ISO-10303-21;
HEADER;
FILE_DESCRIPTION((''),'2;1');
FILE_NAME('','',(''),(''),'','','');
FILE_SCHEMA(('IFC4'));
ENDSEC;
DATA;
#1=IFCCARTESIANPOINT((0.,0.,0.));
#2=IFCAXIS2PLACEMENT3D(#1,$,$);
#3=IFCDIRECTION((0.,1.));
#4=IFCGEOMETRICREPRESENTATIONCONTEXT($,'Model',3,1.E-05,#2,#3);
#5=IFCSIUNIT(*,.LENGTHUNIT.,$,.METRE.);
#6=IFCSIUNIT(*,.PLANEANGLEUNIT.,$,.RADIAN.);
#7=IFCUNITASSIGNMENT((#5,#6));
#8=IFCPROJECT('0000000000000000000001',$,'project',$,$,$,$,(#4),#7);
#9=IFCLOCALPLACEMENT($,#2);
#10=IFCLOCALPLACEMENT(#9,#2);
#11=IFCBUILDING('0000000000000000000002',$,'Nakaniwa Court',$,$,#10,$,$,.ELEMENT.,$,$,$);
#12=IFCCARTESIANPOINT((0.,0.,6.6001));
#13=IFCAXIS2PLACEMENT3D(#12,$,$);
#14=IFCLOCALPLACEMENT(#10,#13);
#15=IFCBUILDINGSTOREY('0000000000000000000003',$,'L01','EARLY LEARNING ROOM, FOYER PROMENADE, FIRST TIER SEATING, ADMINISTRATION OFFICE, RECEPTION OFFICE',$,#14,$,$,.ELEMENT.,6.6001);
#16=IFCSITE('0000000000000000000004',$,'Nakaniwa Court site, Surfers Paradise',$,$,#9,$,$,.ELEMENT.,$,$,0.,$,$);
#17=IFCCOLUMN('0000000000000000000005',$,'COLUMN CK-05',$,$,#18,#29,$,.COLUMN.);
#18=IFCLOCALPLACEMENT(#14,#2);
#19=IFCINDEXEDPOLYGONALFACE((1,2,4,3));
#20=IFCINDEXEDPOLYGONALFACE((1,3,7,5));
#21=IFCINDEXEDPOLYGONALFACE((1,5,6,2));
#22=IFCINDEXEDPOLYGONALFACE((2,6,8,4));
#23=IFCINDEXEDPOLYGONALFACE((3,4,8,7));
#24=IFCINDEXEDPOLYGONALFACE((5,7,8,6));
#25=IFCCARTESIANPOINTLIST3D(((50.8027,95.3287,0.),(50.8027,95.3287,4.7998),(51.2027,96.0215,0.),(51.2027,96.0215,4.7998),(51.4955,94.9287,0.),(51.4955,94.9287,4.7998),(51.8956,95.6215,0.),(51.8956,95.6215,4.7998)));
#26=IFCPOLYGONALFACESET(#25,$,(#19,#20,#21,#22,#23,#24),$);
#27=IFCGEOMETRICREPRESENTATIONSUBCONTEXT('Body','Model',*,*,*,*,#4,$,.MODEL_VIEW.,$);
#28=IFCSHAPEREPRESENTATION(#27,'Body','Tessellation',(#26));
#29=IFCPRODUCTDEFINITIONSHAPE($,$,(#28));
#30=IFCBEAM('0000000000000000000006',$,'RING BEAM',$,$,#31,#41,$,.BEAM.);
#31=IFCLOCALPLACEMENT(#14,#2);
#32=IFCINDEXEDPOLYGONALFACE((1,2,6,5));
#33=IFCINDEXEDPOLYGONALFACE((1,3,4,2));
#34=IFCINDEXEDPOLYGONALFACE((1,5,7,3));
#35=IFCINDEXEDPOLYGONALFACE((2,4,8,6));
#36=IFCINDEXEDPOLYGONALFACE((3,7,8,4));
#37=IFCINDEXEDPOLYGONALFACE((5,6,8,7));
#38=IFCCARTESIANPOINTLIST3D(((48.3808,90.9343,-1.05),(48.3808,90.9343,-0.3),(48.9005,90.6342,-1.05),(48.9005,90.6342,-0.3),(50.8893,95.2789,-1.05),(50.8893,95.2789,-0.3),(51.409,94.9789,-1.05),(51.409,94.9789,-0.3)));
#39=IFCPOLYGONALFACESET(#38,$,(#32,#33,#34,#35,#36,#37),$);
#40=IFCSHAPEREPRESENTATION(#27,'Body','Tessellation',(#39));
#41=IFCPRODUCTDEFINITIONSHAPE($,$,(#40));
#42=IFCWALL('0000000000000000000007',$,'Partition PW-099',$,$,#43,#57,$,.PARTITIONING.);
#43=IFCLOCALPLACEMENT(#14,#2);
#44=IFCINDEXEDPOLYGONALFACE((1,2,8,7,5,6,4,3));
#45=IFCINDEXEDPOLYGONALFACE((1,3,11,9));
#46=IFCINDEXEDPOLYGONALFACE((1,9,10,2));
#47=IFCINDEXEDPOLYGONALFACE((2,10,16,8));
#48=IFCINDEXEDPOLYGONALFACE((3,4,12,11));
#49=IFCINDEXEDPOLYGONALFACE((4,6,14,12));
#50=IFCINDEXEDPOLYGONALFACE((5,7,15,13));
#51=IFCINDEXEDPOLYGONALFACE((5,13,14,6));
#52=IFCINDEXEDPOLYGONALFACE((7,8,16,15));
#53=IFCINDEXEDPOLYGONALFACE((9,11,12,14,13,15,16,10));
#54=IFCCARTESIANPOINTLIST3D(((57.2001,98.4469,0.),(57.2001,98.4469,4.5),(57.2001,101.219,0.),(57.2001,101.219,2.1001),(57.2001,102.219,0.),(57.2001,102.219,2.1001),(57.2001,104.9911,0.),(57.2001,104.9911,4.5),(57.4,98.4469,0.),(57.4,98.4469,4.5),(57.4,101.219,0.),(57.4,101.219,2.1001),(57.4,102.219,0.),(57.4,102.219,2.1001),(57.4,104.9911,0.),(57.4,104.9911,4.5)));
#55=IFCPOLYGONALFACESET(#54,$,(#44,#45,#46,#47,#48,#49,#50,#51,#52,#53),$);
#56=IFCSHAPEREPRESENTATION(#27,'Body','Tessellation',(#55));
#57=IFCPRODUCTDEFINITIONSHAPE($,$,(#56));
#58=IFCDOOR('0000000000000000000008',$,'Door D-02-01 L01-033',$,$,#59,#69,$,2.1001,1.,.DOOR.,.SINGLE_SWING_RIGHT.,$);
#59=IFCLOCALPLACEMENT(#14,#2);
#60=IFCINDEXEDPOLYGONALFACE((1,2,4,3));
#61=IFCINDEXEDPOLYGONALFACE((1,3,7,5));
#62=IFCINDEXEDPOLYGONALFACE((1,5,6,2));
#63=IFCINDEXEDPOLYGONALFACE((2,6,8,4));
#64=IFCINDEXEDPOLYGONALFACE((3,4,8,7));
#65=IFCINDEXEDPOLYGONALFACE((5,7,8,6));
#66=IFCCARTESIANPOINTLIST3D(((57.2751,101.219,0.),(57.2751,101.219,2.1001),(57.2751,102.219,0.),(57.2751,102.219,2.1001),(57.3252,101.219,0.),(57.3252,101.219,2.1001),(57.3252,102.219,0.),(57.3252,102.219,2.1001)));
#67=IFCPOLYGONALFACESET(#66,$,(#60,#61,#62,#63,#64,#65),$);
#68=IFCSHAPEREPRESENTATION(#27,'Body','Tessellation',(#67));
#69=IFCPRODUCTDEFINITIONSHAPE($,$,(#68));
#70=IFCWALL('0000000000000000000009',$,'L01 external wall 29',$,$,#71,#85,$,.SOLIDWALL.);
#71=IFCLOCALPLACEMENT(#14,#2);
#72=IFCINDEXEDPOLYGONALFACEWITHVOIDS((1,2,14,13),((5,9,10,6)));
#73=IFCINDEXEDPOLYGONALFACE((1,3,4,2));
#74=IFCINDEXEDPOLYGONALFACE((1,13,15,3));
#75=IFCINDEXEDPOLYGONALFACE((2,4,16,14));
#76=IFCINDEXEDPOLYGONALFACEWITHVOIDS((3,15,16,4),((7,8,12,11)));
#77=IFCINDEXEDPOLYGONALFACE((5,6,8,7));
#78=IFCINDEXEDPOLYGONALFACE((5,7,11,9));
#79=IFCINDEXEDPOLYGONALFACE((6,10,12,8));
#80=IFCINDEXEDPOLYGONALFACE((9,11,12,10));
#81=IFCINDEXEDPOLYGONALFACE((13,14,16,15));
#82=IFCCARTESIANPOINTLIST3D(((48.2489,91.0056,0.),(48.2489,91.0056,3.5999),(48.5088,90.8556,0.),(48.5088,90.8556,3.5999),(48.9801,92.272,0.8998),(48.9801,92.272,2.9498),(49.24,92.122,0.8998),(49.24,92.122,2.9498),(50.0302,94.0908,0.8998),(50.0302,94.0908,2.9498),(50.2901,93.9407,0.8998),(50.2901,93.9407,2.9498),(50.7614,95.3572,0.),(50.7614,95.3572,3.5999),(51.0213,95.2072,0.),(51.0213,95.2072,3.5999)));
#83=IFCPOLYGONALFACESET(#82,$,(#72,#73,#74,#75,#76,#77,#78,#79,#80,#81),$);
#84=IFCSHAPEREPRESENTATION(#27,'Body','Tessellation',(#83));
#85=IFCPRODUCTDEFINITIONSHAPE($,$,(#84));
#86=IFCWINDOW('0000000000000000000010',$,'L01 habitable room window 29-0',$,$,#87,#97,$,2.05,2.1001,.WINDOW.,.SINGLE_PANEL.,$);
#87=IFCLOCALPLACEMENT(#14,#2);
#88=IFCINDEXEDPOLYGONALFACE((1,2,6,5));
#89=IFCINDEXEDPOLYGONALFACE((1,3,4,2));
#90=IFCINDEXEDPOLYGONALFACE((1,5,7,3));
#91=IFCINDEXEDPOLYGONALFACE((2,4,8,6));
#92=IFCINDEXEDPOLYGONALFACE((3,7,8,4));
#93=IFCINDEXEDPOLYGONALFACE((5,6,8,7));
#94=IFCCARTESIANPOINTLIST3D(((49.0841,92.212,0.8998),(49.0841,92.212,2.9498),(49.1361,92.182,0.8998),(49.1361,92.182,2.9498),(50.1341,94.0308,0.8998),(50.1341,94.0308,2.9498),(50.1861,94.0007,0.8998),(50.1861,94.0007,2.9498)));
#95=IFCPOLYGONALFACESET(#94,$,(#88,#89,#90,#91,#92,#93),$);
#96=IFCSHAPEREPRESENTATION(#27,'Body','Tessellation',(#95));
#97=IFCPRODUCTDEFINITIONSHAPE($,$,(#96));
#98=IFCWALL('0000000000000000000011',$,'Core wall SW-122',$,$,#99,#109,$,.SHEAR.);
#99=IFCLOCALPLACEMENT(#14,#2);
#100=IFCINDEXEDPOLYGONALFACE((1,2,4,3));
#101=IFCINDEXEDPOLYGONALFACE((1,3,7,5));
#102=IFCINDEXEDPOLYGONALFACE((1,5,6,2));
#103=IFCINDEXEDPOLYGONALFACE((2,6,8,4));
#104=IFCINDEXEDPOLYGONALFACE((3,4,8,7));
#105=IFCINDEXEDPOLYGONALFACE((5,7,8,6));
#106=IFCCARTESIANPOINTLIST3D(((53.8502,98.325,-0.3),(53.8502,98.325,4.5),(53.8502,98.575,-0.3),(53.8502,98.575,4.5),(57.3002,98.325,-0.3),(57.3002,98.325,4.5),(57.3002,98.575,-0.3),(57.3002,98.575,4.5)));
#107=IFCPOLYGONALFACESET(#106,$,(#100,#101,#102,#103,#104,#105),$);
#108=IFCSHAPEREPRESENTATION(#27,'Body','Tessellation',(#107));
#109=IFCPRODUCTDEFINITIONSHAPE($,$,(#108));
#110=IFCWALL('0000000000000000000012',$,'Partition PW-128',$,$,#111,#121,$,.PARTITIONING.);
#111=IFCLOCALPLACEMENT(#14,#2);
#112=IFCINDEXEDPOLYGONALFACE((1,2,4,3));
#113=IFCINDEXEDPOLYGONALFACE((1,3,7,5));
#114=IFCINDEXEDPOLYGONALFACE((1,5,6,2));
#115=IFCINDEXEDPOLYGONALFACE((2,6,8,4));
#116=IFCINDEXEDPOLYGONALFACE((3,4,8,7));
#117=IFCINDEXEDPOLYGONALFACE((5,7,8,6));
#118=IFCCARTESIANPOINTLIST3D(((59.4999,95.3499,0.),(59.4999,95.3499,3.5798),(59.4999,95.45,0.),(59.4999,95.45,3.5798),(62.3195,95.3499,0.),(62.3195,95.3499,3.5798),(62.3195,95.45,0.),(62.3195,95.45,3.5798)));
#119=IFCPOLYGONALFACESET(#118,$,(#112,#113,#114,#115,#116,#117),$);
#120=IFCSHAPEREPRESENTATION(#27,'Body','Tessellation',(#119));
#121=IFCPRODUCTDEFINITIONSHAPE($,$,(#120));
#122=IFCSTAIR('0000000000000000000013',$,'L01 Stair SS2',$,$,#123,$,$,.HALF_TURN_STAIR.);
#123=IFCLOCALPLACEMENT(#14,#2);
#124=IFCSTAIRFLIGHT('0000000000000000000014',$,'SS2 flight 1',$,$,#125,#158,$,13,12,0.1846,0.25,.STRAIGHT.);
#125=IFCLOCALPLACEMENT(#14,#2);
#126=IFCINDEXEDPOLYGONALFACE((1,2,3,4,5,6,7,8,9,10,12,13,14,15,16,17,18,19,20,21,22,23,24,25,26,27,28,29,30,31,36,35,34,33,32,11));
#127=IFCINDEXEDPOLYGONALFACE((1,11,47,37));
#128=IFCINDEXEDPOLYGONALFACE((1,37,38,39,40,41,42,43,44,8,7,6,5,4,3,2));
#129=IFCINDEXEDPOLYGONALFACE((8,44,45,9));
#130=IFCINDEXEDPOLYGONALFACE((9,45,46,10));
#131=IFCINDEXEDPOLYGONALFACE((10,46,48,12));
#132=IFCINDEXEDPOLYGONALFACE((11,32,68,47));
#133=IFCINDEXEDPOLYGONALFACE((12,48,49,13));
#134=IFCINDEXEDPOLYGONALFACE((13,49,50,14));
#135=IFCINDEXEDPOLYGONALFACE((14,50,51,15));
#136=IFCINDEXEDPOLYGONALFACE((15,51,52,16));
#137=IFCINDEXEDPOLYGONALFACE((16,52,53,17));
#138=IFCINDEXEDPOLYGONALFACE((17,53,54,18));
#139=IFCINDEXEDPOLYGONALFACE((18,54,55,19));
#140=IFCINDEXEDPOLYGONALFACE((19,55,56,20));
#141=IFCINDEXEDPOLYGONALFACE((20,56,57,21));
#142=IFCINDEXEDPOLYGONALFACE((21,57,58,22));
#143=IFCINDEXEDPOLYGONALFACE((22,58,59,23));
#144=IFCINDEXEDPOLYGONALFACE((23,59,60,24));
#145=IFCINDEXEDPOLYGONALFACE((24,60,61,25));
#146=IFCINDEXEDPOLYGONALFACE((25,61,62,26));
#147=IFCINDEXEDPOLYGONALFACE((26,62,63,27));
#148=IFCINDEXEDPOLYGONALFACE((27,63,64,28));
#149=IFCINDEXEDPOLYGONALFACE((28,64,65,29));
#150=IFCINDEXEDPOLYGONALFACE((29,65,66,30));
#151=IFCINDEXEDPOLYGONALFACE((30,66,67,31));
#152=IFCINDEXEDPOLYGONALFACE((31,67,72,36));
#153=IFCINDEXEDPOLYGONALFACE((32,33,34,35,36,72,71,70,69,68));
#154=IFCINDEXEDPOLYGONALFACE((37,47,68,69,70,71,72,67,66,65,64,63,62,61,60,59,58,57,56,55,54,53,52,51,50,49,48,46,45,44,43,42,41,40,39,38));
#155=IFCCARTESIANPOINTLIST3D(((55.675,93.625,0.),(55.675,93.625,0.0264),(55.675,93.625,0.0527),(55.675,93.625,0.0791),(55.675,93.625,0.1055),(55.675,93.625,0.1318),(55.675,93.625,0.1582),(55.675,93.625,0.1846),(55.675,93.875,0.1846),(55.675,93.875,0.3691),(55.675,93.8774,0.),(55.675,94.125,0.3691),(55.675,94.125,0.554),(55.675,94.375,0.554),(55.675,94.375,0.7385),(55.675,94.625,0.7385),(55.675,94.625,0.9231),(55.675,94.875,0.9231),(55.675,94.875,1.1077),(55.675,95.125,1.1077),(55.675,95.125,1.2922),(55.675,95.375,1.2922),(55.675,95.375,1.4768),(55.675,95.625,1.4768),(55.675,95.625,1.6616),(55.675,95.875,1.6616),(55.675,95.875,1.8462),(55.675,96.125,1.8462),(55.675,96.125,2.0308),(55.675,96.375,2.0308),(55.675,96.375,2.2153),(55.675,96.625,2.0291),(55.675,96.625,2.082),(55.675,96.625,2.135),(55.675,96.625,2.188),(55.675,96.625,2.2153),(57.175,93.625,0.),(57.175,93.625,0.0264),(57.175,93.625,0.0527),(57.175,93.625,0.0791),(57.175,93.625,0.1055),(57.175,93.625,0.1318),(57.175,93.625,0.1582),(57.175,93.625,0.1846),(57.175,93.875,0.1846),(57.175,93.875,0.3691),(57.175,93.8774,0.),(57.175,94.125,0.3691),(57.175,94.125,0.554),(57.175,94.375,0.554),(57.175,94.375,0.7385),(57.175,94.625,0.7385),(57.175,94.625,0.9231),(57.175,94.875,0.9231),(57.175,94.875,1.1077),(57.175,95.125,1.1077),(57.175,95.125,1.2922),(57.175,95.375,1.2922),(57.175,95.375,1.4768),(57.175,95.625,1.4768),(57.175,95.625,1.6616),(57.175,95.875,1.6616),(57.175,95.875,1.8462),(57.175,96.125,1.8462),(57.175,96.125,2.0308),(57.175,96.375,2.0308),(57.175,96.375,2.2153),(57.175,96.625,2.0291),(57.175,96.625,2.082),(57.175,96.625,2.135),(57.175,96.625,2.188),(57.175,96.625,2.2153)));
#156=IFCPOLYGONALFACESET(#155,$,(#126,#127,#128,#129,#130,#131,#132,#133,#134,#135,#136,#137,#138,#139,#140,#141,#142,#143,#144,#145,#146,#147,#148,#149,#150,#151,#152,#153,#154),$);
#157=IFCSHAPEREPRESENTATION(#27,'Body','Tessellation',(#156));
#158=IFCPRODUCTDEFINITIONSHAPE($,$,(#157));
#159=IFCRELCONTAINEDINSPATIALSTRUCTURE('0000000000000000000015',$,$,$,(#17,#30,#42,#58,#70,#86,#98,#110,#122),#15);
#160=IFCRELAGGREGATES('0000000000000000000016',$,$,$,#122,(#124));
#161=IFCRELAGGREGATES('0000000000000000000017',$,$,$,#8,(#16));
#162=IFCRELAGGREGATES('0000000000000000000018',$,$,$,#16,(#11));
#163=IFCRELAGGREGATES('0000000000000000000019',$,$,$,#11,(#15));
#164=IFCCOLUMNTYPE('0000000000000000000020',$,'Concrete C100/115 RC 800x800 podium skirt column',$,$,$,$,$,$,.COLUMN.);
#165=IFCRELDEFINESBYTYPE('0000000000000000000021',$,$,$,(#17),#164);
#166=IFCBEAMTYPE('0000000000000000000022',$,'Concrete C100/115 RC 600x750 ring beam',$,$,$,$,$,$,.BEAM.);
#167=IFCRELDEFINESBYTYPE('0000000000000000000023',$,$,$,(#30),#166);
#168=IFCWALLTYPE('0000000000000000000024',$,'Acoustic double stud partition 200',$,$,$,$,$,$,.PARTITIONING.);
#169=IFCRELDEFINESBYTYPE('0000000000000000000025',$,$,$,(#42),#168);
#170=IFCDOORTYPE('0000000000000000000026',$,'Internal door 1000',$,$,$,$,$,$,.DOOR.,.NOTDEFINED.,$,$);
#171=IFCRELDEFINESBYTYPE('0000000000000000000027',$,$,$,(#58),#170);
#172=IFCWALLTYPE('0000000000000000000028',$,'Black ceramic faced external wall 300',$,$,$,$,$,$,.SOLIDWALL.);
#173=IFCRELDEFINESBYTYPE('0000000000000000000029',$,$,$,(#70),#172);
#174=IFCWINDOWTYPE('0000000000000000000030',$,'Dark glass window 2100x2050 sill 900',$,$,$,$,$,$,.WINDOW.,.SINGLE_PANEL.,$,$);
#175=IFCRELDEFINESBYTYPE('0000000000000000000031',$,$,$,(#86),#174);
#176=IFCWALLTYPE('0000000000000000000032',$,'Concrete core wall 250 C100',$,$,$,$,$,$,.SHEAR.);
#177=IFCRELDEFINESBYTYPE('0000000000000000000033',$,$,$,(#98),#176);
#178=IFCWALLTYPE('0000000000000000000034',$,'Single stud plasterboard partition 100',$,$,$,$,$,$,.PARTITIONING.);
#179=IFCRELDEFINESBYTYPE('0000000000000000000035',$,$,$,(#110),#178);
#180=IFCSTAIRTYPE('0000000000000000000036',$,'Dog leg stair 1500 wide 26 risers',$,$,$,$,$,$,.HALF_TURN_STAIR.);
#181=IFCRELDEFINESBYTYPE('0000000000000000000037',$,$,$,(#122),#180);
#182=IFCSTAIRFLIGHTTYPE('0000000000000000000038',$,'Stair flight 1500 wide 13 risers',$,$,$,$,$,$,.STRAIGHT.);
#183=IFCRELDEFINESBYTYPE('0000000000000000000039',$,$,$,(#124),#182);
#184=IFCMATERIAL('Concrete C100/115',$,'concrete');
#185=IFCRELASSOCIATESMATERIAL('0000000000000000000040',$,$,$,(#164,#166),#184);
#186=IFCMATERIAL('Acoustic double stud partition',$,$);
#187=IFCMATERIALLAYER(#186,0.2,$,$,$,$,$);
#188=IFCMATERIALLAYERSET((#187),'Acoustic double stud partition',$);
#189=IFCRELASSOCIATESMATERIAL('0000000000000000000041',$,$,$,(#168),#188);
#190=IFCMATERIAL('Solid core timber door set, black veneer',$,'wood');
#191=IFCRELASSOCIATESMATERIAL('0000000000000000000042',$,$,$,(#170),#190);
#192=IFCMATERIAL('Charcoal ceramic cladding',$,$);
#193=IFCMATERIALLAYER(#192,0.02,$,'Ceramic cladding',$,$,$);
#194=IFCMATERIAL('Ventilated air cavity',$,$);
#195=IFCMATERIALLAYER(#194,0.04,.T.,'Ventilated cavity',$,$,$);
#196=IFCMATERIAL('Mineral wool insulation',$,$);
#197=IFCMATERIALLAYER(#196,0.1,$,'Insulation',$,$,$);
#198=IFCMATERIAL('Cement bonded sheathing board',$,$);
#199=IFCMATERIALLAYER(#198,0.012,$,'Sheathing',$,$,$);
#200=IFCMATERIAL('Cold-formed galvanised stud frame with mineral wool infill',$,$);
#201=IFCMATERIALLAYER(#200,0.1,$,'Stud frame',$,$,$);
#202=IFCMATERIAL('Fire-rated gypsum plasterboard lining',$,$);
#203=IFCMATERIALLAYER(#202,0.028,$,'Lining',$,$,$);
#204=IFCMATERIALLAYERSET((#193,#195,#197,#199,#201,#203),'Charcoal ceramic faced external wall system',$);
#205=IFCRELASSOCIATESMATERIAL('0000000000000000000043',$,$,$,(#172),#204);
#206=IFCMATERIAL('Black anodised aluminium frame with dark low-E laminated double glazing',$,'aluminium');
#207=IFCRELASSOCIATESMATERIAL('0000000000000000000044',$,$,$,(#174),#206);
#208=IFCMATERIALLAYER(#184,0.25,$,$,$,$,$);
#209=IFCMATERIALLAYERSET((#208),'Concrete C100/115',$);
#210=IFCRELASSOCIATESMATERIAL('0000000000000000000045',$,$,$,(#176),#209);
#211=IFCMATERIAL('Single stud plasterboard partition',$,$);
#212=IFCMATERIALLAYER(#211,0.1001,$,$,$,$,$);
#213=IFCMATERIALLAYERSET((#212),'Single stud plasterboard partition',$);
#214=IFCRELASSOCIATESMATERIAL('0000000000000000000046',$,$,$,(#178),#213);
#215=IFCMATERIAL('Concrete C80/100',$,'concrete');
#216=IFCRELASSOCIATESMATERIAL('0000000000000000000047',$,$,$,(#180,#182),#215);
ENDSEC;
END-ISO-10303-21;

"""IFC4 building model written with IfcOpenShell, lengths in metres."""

from ifc_helpers import new_model, si_unit, direction, frame, frame_2d, origin, origin_2d, place, context, subcontext, project, spatial, polyline, rectangle, outline, extrude, material, layer, layer_set, material_profile, profile_set, type_object, element, fill, aggregate, save


model = new_model("IFC4")

# Units and contexts
model_context = context("Model", 3, precision=1e-05, world=origin(), true_north=direction((0.0, 1.0)))
body_context = subcontext(model_context, "Body", "Model", "MODEL_VIEW")
ifc_project = project(units=[si_unit("LENGTHUNIT", "METRE"), si_unit("PLANEANGLEUNIT", "RADIAN")], contexts=[model_context])

# Site, building, storey
site_placement = place(None, origin())
site = spatial("IfcSite", under=ifc_project, at=site_placement, Name="Nakaniwa Court site, Surfers Paradise", CompositionType="ELEMENT", RefElevation=0.0)
building_placement = place(site_placement, origin())
building = spatial("IfcBuilding", under=site, at=building_placement, Name="Nakaniwa Court", CompositionType="ELEMENT")
storey_placement = place(building_placement, frame((0.0, 0.0, 6.6001)))
storey = spatial("IfcBuildingStorey", under=building, at=storey_placement, Name="L01", Description="EARLY LEARNING ROOM, FOYER PROMENADE, FIRST TIER SEATING, ADMINISTRATION OFFICE, RECEPTION OFFICE", CompositionType="ELEMENT", Elevation=6.6001)

# Column
ifc_material_1 = material(Name="Concrete C100/115", Category="concrete")
ifc_material_profile_1 = material_profile(ifc_material_1, rectangle(XDim=0.8, YDim=0.8, at=origin_2d()), Name="Concrete C100/115 RC 800x800 podium skirt column")
ifc_profile_set_1 = profile_set([ifc_material_profile_1], Name="Concrete C100/115")
column_type = type_object("IfcColumnType", Name="Concrete C100/115 RC 800x800 podium skirt column", PredefinedType="COLUMN", material=ifc_profile_set_1)
column_placement = place(storey_placement, frame((51.3491, 95.4751, 0.0), z_axis=(0.0, 0.0, 1.0), x_axis=(-0.5, -0.866025, 0.0)))
element("IfcColumn", 1, at=column_placement, inside=storey, type_object=column_type, Name="COLUMN CK-05", PredefinedType="COLUMN", context=body_context, shape_type="SweptSolid", body=[
    extrude(rectangle(XDim=0.8, YDim=0.8, at=origin_2d()), origin(), (0.0, 0.0, 1.0), 4.7998),
])

# Beam
ifc_material_profile_2 = material_profile(ifc_material_1, rectangle(XDim=0.6001, YDim=0.75, at=origin_2d()), Name="Concrete C100/115 RC 600x750 ring beam")
ifc_profile_set_2 = profile_set([ifc_material_profile_2], Name="Concrete C100/115")
beam_type = type_object("IfcBeamType", Name="Concrete C100/115 RC 600x750 ring beam", PredefinedType="BEAM", material=ifc_profile_set_2)
beam_placement = place(storey_placement, frame((51.1492, 95.1289, -0.675), z_axis=(-0.500017, -0.866015, 0.0), x_axis=(0.866015, -0.500017, 0.0)))
element("IfcBeam", 2, at=beam_placement, inside=storey, type_object=beam_type, Name="RING BEAM", PredefinedType="BEAM", context=body_context, shape_type="SweptSolid", body=[
    extrude(rectangle(XDim=0.6001, YDim=0.75, at=origin_2d()), origin(), (0.0, 0.0, 1.0), 5.0168),
])

# Wall, opening, door
ifc_material_2 = material(Name="Acoustic double stud partition")
ifc_layer_1 = layer(ifc_material_2, 0.2)
ifc_layer_set_1 = layer_set([ifc_layer_1], Name="Acoustic double stud partition")
wall_type_1 = type_object("IfcWallType", Name="Acoustic double stud partition 200", PredefinedType="PARTITIONING", material=ifc_layer_set_1)
wall_1_placement = place(storey_placement, frame((57.3, 98.447, 0.0), z_axis=(0.0, 0.0, 1.0), x_axis=(0.0, 1.0, 0.0)))
wall_1 = element("IfcWall", 3, at=wall_1_placement, inside=storey, type_object=wall_type_1, Name="Partition PW-099", PredefinedType="PARTITIONING", context=body_context, shape_type="SweptSolid", body=[
    extrude(rectangle(XDim=6.5442, YDim=0.2, at=frame_2d((3.272, 0.0))), origin(), (0.0, 0.0, 1.0), 4.5),
])
opening_1_placement = place(wall_1_placement, frame((2.772, 0.0, 0.0)))
opening_1 = element("IfcOpeningElement", 4, at=opening_1_placement, cuts=wall_1, PredefinedType="OPENING", context=body_context, shape_type="SweptSolid", body=[
    extrude(rectangle(XDim=1.0, YDim=2.1001, at=frame_2d((0.5, 1.05))), frame((0.0, 0.1099, 0.0), z_axis=(0.0, -1.0, 0.0), x_axis=(1.0, 0.0, 0.0)), (0.0, 0.0, 1.0), 0.22),
])
ifc_material_3 = material(Name="Solid core timber door set, black veneer", Category="wood")
door_type = type_object("IfcDoorType", Name="Internal door 1000", OperationType="NOTDEFINED", PredefinedType="DOOR", material=ifc_material_3)
door_placement = place(opening_1_placement, origin())
door = element("IfcDoor", 5, at=door_placement, inside=storey, type_object=door_type, Name="Door D-02-01 L01-033", OperationType="SINGLE_SWING_RIGHT", OverallHeight=2.1001, OverallWidth=1.0, PredefinedType="DOOR", context=body_context, shape_type="SweptSolid", body=[
    extrude(rectangle(XDim=1.0, YDim=2.1001, at=frame_2d((0.5, 1.05))), frame((0.0, 0.0249, 0.0), z_axis=(0.0, -1.0, 0.0), x_axis=(1.0, 0.0, 0.0)), (0.0, 0.0, 1.0), 0.05),
])
fill(opening_1, door)

# Wall, opening, window
ifc_material_4 = material(Name="Charcoal ceramic cladding")
ifc_layer_2 = layer(ifc_material_4, 0.02, Name="Ceramic cladding")
ifc_material_5 = material(Name="Ventilated air cavity")
ifc_layer_3 = layer(ifc_material_5, 0.04, ventilated=True, Name="Ventilated cavity")
ifc_material_6 = material(Name="Mineral wool insulation")
ifc_layer_4 = layer(ifc_material_6, 0.1, Name="Insulation")
ifc_material_7 = material(Name="Cement bonded sheathing board")
ifc_layer_5 = layer(ifc_material_7, 0.012, Name="Sheathing")
ifc_material_8 = material(Name="Cold-formed galvanised stud frame with mineral wool infill")
ifc_layer_6 = layer(ifc_material_8, 0.1, Name="Stud frame")
ifc_material_9 = material(Name="Fire-rated gypsum plasterboard lining")
ifc_layer_7 = layer(ifc_material_9, 0.028, Name="Lining")
ifc_layer_set_2 = layer_set([ifc_layer_2, ifc_layer_3, ifc_layer_4, ifc_layer_5, ifc_layer_6, ifc_layer_7], Name="Charcoal ceramic faced external wall system")
wall_type_2 = type_object("IfcWallType", Name="Black ceramic faced external wall 300", PredefinedType="SOLIDWALL", material=ifc_layer_set_2)
wall_2_placement = place(storey_placement, frame((50.8914, 95.2822, 0.0), z_axis=(0.0, 0.0, 1.0), x_axis=(-0.500011, -0.866019, 0.0)))
wall_2 = element("IfcWall", 6, at=wall_2_placement, inside=storey, type_object=wall_type_2, Name="L01 external wall 29", PredefinedType="SOLIDWALL", context=body_context, shape_type="SweptSolid", body=[
    extrude(rectangle(XDim=5.0249, YDim=0.3, at=frame_2d((2.5125, 0.0))), origin(), (0.0, 0.0, 1.0), 3.5999),
])
opening_2_placement = place(wall_2_placement, frame((1.4624, 0.0, 0.8999)))
opening_2 = element("IfcOpeningElement", 7, at=opening_2_placement, cuts=wall_2, PredefinedType="OPENING", context=body_context, shape_type="SweptSolid", body=[
    extrude(rectangle(XDim=2.1001, YDim=2.05, at=frame_2d((1.05, 1.0249))), frame((0.0, 0.1599, 0.0), z_axis=(0.0, -1.0, 0.0), x_axis=(1.0, 0.0, 0.0)), (0.0, 0.0, 1.0), 0.3201),
])
ifc_material_10 = material(Name="Black anodised aluminium frame with dark low-E laminated double glazing", Category="aluminium")
window_type = type_object("IfcWindowType", Name="Dark glass window 2100x2050 sill 900", PartitioningType="SINGLE_PANEL", PredefinedType="WINDOW", material=ifc_material_10)
window_placement = place(opening_2_placement, origin())
window = element("IfcWindow", 8, at=window_placement, inside=storey, type_object=window_type, Name="L01 habitable room window 29-0", OverallHeight=2.05, OverallWidth=2.1001, PartitioningType="SINGLE_PANEL", PredefinedType="WINDOW", context=body_context, shape_type="SweptSolid", body=[
    extrude(rectangle(XDim=2.1001, YDim=2.05, at=frame_2d((1.05, 1.0249))), frame((0.0, 0.03, 0.0), z_axis=(0.0, -1.0, 0.0), x_axis=(1.0, 0.0, 0.0)), (0.0, 0.0, 1.0), 0.0601),
])
fill(opening_2, window)

# Walls
ifc_layer_8 = layer(ifc_material_1, 0.25)
ifc_layer_set_3 = layer_set([ifc_layer_8], Name="Concrete C100/115")
wall_type_3 = type_object("IfcWallType", Name="Concrete core wall 250 C100", PredefinedType="SHEAR", material=ifc_layer_set_3)
wall_3_placement = place(storey_placement, frame((53.8501, 98.45, -0.3), z_axis=(0.0, 0.0, 1.0), x_axis=(1.0, 0.0, 0.0)))
element("IfcWall", 9, at=wall_3_placement, inside=storey, type_object=wall_type_3, Name="Core wall SW-122", PredefinedType="SHEAR", context=body_context, shape_type="SweptSolid", body=[
    extrude(rectangle(XDim=3.45, YDim=0.25, at=frame_2d((1.7251, 0.0))), origin(), (0.0, 0.0, 1.0), 4.8),
])
ifc_material_11 = material(Name="Single stud plasterboard partition")
ifc_layer_9 = layer(ifc_material_11, 0.1001)
ifc_layer_set_4 = layer_set([ifc_layer_9], Name="Single stud plasterboard partition")
wall_type_4 = type_object("IfcWallType", Name="Single stud plasterboard partition 100", PredefinedType="PARTITIONING", material=ifc_layer_set_4)
wall_4_placement = place(storey_placement, frame((59.5, 95.3999, 0.0), z_axis=(0.0, 0.0, 1.0), x_axis=(1.0, 0.0, 0.0)))
element("IfcWall", 10, at=wall_4_placement, inside=storey, type_object=wall_type_4, Name="Partition PW-128", PredefinedType="PARTITIONING", context=body_context, shape_type="SweptSolid", body=[
    extrude(rectangle(XDim=2.8196, YDim=0.1001, at=frame_2d((1.4097, 0.0))), origin(), (0.0, 0.0, 1.0), 3.5798),
])

# Stair, stair flight
ifc_material_12 = material(Name="Concrete C80/100", Category="concrete")
stair_type = type_object("IfcStairType", Name="Dog leg stair 1500 wide 26 risers", PredefinedType="HALF_TURN_STAIR", material=ifc_material_12)
stair_placement = place(storey_placement, origin())
stair = element("IfcStair", 11, at=stair_placement, inside=storey, type_object=stair_type, Name="L01 Stair SS2", PredefinedType="HALF_TURN_STAIR")
stair_flight_type = type_object("IfcStairFlightType", Name="Stair flight 1500 wide 13 risers", PredefinedType="STRAIGHT", material=ifc_material_12)
stair_flight_1_placement = place(storey_placement, frame((56.425, 93.625, 0.0), z_axis=(0.0, 0.0, 1.0), x_axis=(0.0, 1.0, 0.0)))
stair_flight_1 = element("IfcStairFlight", 12, at=stair_flight_1_placement, type_object=stair_flight_type, Name="SS2 flight 1", NumberOfRisers=13, NumberOfTreads=12, PredefinedType="STRAIGHT", RiserHeight=0.1846, TreadLength=0.25, context=body_context, shape_type="SweptSolid", body=[
    extrude(outline(polyline([(0.0, 0.0), (0.0, 0.0264), (0.0, 0.0527), (0.0, 0.0791), (0.0, 0.1055), (0.0, 0.1318), (0.0, 0.1582), (0.0, 0.1846), (0.25, 0.1846), (0.25, 0.3691), (0.5, 0.3691), (0.5, 0.554), (0.75, 0.554), (0.75, 0.7385), (1.0, 0.7385), (1.0, 0.9231), (1.25, 0.9231), (1.25, 1.1077), (1.5, 1.1077), (1.5, 1.2922), (1.75, 1.2922), (1.75, 1.4768), (2.0, 1.4768), (2.0, 1.6616), (2.25, 1.6616), (2.25, 1.8462), (2.5, 1.8462), (2.5, 2.0308), (2.75, 2.0308), (2.75, 2.2153), (3.0, 2.2153), (3.0, 2.3999), (3.0, 2.3469), (3.0, 2.2939), (3.0, 2.241), (3.0, 2.188), (3.0, 2.135), (3.0, 2.082), (3.0, 2.0291), (0.2524, 0.0), (0.0, 0.0)])), frame((0.0, 0.75, 0.0), z_axis=(0.0, -1.0, 0.0), x_axis=(1.0, 0.0, 0.0)), (0.0, 0.0, 1.0), 1.5),
])
aggregate(stair, [stair_flight_1])

save(model, "model.ifc")
